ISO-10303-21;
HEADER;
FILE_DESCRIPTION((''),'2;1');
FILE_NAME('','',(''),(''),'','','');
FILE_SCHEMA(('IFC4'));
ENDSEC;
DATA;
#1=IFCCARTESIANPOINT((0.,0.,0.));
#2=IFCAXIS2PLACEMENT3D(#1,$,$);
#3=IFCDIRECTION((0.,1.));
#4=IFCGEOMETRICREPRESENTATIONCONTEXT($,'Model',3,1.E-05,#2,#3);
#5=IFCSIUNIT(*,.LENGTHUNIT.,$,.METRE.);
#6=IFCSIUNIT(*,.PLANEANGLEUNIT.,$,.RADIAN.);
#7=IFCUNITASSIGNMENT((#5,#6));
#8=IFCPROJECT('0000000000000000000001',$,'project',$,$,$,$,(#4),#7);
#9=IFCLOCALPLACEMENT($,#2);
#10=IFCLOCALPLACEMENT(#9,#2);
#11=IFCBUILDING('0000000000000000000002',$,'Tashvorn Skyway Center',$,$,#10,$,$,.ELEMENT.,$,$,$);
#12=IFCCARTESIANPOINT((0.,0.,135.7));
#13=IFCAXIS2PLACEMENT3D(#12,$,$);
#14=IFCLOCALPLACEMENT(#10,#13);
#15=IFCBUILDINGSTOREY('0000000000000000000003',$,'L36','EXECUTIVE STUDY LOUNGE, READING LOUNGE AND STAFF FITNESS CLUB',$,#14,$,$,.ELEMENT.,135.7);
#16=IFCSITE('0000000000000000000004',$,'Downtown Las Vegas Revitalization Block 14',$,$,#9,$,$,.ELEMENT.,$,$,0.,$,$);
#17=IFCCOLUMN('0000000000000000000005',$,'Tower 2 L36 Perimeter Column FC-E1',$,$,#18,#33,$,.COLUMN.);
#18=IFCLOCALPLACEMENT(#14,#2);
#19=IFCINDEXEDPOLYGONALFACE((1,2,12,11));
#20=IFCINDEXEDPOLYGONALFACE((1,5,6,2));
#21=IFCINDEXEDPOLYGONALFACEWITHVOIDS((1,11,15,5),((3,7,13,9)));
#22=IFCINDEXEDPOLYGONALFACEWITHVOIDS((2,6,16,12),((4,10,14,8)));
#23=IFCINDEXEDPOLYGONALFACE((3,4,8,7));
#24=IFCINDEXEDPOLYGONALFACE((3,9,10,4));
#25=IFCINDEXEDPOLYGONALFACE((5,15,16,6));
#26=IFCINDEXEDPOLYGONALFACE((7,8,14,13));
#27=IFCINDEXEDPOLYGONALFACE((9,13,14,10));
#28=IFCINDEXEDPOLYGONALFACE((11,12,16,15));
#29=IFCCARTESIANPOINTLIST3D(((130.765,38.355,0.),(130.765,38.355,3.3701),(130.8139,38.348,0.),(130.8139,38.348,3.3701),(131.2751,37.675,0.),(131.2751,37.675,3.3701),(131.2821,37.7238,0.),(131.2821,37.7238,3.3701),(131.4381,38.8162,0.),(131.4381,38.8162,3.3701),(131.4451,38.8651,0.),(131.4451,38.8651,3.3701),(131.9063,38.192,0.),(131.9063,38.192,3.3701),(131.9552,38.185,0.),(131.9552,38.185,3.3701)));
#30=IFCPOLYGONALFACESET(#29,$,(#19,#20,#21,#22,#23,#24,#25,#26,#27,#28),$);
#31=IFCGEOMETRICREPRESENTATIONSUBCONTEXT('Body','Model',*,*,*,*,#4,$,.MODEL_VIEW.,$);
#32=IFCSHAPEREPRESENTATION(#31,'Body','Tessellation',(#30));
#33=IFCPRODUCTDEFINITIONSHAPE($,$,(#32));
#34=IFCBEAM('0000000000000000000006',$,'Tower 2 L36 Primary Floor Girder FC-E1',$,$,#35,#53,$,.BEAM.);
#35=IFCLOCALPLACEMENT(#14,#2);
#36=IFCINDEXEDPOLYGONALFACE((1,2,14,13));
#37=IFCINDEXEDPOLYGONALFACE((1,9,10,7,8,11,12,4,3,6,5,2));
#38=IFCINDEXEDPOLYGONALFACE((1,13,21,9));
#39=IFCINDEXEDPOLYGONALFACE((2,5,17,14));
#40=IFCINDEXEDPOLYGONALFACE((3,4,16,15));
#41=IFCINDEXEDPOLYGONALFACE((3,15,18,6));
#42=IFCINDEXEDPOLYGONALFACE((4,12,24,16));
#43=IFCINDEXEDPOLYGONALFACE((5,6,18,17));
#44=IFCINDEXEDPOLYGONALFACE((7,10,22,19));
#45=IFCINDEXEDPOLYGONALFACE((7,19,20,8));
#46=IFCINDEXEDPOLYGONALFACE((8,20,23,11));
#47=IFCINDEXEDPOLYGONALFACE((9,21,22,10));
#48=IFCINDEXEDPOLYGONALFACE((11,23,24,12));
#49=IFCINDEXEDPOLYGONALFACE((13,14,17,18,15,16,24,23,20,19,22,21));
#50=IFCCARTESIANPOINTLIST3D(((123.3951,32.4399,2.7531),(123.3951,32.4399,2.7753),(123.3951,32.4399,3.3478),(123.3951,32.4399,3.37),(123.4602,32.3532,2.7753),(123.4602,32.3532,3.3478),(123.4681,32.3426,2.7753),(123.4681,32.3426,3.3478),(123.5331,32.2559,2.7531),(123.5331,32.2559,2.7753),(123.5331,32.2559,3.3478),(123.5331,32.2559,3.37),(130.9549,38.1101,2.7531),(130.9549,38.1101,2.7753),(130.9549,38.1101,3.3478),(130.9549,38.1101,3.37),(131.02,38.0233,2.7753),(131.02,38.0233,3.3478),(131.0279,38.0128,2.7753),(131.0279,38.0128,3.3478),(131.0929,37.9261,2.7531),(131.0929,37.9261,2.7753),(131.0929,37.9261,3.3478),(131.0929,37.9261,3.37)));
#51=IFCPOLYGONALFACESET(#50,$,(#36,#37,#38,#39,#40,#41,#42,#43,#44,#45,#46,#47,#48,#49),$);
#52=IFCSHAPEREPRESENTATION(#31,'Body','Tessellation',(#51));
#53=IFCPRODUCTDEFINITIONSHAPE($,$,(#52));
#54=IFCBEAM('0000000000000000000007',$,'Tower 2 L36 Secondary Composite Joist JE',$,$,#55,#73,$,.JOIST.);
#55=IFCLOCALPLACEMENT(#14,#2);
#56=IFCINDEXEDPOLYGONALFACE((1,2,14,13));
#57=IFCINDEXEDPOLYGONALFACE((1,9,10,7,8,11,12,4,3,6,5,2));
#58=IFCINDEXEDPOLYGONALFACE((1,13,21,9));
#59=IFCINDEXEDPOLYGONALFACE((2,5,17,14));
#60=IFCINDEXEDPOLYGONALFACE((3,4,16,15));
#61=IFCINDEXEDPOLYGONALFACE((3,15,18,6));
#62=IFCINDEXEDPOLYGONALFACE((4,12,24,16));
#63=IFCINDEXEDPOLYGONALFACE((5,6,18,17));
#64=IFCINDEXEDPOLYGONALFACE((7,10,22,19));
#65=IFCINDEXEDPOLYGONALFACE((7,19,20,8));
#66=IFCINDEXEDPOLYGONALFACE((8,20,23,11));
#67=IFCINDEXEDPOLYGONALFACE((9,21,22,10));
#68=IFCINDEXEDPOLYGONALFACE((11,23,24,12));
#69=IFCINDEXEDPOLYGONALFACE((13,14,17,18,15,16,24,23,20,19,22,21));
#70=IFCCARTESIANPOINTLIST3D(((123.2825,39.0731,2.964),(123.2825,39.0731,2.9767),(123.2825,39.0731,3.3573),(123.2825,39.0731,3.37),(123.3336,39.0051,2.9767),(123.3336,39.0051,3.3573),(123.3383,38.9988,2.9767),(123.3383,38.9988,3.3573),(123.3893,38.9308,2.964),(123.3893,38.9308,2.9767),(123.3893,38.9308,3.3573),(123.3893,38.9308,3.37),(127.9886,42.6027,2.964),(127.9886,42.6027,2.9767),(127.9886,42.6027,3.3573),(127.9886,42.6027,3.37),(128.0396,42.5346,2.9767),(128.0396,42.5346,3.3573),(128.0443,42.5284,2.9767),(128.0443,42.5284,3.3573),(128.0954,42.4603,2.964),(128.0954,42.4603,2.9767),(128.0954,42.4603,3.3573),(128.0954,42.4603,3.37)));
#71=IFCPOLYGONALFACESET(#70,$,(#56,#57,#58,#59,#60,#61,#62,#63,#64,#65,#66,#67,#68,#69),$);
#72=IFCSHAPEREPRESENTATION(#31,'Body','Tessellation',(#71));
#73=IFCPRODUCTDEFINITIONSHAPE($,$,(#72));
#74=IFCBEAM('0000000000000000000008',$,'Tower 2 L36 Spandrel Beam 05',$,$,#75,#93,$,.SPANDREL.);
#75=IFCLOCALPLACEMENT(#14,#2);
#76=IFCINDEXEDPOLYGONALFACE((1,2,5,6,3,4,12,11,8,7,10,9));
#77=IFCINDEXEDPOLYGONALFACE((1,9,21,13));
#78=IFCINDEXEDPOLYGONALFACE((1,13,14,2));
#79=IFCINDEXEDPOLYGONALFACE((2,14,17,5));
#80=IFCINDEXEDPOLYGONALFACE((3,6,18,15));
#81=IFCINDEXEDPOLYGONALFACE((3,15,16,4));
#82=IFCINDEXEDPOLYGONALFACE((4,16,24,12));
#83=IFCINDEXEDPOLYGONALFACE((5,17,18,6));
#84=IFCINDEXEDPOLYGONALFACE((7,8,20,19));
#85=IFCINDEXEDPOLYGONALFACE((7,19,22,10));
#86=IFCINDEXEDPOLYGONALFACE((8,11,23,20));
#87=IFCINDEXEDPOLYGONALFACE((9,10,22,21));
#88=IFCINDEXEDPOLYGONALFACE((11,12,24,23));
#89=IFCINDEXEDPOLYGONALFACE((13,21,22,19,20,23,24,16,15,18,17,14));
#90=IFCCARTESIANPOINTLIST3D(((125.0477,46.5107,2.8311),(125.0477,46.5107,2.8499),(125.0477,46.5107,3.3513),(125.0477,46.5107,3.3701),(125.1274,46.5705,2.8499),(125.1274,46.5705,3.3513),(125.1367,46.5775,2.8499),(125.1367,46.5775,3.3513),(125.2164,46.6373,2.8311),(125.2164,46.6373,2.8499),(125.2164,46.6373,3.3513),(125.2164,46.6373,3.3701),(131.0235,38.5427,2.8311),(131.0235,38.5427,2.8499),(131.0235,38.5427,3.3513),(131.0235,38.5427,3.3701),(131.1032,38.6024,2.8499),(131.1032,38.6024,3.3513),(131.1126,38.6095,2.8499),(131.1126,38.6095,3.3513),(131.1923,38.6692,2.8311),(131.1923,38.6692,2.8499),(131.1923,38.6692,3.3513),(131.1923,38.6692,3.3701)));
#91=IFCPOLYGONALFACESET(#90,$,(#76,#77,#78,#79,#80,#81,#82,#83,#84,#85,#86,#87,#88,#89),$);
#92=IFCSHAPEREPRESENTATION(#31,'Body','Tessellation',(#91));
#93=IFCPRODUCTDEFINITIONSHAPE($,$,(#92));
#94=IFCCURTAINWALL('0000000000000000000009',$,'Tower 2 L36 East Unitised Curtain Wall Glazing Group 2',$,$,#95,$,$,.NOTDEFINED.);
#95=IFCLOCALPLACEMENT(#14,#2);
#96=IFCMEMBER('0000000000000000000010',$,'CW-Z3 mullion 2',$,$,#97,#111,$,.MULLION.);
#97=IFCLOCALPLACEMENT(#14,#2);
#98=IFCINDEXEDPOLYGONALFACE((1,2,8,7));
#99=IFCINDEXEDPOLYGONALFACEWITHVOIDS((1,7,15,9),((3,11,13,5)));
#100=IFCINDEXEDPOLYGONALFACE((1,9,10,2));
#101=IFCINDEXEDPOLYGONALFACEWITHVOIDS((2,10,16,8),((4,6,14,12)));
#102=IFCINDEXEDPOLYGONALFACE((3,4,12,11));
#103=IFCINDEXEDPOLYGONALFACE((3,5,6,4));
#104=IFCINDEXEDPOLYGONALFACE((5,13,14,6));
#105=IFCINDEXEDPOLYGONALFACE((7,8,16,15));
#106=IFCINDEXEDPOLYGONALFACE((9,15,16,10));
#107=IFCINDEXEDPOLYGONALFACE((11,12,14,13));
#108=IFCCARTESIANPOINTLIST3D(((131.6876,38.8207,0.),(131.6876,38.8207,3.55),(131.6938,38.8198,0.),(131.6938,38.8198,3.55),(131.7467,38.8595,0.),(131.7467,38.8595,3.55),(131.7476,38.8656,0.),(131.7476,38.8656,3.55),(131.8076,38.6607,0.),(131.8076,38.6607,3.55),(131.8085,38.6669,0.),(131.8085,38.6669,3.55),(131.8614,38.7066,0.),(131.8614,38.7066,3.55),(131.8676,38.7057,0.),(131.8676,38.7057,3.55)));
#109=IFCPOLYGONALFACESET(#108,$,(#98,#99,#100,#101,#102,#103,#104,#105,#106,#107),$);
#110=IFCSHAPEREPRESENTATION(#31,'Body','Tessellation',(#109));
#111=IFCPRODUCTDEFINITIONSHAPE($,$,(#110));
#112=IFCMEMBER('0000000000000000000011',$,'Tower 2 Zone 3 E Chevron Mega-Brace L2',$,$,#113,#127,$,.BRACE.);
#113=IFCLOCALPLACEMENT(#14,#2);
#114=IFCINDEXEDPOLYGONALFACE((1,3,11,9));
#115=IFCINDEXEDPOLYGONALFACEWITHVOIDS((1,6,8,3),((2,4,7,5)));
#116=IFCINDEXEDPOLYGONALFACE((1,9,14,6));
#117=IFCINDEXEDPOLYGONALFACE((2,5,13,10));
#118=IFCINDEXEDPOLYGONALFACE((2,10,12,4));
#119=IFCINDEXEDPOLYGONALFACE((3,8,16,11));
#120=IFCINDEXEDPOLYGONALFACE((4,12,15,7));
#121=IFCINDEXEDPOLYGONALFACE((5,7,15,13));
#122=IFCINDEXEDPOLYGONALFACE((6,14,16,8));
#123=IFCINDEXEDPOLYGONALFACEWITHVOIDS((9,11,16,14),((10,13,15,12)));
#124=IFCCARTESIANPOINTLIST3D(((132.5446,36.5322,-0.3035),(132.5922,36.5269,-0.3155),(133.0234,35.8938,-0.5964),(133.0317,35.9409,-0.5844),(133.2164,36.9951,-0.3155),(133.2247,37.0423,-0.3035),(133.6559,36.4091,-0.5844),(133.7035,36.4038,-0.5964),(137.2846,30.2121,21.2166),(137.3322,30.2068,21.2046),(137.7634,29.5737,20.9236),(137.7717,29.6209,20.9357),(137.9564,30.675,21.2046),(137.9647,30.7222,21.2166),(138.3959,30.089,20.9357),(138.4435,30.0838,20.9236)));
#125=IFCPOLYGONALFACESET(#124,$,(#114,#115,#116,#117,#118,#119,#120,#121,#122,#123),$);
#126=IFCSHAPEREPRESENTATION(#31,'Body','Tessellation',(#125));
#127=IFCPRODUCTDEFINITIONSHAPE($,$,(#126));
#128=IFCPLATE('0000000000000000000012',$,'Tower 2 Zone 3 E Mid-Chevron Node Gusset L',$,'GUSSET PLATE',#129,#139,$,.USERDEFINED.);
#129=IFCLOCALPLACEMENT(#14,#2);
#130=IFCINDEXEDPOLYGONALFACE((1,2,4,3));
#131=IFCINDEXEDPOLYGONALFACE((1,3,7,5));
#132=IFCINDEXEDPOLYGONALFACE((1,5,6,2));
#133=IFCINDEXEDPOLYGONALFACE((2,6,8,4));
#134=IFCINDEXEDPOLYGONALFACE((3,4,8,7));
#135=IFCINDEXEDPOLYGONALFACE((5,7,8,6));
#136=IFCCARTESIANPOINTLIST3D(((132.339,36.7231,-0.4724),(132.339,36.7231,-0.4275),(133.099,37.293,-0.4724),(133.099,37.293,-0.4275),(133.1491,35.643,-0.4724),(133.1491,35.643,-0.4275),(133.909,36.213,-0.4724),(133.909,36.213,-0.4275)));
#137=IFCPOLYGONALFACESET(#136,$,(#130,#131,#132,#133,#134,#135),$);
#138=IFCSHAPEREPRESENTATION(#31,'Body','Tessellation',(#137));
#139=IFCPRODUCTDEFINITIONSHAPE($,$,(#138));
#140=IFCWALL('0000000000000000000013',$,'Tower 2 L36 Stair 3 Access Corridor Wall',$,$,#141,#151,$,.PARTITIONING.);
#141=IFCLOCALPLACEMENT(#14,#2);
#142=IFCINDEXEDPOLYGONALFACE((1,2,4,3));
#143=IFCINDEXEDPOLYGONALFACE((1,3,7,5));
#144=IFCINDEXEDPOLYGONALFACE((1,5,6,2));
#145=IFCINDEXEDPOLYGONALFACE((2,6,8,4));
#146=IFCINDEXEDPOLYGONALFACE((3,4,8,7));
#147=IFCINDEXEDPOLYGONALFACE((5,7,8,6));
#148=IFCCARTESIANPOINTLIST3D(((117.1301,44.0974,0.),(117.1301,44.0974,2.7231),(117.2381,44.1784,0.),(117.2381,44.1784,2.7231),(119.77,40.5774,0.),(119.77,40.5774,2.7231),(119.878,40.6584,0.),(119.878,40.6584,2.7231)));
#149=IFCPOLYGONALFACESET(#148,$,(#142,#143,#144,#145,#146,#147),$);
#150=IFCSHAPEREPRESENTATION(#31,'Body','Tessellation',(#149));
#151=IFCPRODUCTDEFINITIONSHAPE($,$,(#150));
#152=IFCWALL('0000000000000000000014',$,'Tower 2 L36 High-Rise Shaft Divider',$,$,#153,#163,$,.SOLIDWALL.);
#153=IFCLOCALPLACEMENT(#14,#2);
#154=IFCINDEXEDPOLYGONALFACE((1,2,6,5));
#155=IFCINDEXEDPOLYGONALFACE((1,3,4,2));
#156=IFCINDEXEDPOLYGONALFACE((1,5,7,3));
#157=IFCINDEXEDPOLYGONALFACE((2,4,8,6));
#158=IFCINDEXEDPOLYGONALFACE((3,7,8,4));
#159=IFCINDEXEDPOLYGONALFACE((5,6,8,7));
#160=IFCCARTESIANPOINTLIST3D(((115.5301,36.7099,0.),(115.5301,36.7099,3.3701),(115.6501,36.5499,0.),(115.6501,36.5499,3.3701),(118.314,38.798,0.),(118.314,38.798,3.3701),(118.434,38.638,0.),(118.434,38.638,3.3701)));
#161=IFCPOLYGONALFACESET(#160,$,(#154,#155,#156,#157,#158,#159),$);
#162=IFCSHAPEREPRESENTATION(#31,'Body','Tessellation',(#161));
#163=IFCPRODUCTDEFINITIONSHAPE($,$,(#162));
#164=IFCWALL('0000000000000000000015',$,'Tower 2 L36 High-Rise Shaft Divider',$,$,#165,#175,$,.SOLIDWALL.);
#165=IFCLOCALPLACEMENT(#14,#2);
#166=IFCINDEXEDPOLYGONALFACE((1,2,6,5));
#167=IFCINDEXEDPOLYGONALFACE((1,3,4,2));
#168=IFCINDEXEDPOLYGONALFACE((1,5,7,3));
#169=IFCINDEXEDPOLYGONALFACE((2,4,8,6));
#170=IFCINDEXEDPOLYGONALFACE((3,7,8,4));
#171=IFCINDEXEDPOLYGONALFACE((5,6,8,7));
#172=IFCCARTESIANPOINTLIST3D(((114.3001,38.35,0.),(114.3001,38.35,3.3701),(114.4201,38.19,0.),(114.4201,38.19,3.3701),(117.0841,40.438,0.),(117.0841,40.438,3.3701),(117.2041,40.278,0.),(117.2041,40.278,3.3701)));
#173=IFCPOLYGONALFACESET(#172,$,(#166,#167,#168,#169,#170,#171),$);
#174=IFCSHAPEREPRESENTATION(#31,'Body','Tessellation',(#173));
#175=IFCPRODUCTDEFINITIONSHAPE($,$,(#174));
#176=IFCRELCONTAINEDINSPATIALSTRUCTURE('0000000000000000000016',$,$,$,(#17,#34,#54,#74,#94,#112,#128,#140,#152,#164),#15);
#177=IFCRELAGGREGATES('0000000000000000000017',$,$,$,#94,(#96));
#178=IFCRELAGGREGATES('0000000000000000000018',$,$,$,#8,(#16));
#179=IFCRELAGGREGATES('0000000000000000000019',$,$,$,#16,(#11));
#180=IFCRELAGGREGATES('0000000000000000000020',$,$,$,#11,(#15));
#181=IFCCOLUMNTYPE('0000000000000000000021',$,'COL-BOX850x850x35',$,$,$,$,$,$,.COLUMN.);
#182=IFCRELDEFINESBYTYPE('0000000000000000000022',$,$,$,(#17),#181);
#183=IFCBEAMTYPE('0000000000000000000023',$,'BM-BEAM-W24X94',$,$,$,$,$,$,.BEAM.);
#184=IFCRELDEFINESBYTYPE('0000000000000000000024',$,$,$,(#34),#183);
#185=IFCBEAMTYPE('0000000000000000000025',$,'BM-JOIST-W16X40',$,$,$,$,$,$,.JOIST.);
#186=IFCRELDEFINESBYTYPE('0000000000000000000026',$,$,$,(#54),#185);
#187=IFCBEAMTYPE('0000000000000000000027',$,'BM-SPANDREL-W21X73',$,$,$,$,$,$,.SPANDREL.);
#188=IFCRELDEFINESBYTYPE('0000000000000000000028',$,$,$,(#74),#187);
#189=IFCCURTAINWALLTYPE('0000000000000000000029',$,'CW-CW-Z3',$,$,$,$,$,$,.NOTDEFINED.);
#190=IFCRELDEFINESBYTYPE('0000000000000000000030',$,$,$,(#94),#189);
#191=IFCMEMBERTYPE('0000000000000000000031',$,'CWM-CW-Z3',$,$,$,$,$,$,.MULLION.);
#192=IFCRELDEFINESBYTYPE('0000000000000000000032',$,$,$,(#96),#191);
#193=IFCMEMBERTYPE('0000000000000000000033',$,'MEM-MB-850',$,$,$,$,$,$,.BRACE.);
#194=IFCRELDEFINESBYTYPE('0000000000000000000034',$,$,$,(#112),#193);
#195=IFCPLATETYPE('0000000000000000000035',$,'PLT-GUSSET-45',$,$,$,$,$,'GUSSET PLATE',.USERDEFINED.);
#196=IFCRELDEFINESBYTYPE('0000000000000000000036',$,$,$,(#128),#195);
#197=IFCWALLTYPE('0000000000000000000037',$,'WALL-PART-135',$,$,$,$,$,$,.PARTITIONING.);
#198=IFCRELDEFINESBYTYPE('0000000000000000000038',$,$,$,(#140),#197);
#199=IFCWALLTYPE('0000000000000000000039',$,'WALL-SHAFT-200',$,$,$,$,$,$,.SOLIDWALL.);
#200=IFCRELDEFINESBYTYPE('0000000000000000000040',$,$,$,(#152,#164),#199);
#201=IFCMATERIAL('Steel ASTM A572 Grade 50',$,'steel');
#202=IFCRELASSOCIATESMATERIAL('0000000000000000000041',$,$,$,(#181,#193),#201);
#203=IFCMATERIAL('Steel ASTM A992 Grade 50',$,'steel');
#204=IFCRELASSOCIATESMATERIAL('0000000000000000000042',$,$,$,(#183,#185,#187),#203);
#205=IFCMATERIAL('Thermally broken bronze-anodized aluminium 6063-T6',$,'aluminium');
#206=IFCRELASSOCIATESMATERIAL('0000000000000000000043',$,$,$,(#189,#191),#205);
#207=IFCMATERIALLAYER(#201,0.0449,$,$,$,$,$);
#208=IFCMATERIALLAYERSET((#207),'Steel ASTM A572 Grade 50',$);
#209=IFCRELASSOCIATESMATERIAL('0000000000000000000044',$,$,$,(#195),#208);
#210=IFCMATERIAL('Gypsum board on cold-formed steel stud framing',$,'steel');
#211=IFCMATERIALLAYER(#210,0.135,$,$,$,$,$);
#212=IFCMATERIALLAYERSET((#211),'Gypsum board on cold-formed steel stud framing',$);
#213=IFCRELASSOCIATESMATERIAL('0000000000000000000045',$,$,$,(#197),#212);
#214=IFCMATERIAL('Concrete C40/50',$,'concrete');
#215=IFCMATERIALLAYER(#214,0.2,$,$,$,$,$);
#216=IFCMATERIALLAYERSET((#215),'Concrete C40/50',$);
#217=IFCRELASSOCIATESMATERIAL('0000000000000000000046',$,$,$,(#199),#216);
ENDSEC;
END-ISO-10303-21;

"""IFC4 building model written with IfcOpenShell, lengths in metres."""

from ifc_helpers import new_model, si_unit, direction, frame, frame_2d, origin, origin_2d, place, context, subcontext, project, spatial, rectangle, hollow_rectangle, i_section, extrude, material, layer, layer_set, material_profile, profile_set, type_object, element, aggregate, save


model = new_model("IFC4")

# Units and contexts
model_context = context("Model", 3, precision=1e-05, world=origin(), true_north=direction((0.0, 1.0)))
body_context = subcontext(model_context, "Body", "Model", "MODEL_VIEW")
ifc_project = project(units=[si_unit("LENGTHUNIT", "METRE"), si_unit("PLANEANGLEUNIT", "RADIAN")], contexts=[model_context])

# Site, building, storey
site_placement = place(None, origin())
site = spatial("IfcSite", under=ifc_project, at=site_placement, Name="Downtown Las Vegas Revitalization Block 14", CompositionType="ELEMENT", RefElevation=0.0)
building_placement = place(site_placement, origin())
building = spatial("IfcBuilding", under=site, at=building_placement, Name="Tashvorn Skyway Center", CompositionType="ELEMENT")
storey_placement = place(building_placement, frame((0.0, 0.0, 135.7)))
storey = spatial("IfcBuildingStorey", under=building, at=storey_placement, Name="L36", Description="EXECUTIVE STUDY LOUNGE, READING LOUNGE AND STAFF FITNESS CLUB", CompositionType="ELEMENT", Elevation=135.7)

# Column
ifc_material_1 = material(Name="Steel ASTM A572 Grade 50", Category="steel")
ifc_material_profile_1 = material_profile(ifc_material_1, hollow_rectangle(XDim=0.8501, YDim=0.8501, WallThickness=0.0349, at=origin_2d()), Name="BOX850x850x35")
ifc_profile_set_1 = profile_set([ifc_material_profile_1], Name="Steel ASTM A572 Grade 50")
column_type = type_object("IfcColumnType", Name="COL-BOX850x850x35", PredefinedType="COLUMN", material=ifc_profile_set_1)
column_placement = place(storey_placement, frame((131.3601, 38.27, 0.0), z_axis=(0.0, 0.0, 1.0), x_axis=(0.8, 0.6, 0.0)))
element("IfcColumn", 1, at=column_placement, inside=storey, type_object=column_type, Name="Tower 2 L36 Perimeter Column FC-E1", PredefinedType="COLUMN", context=body_context, shape_type="SweptSolid", body=[
    extrude(hollow_rectangle(XDim=0.8501, YDim=0.8501, WallThickness=0.0349, at=origin_2d()), origin(), (0.0, 0.0, 1.0), 3.3701),
])

# Beams
ifc_material_2 = material(Name="Steel ASTM A992 Grade 50", Category="steel")
ifc_material_profile_2 = material_profile(ifc_material_2, i_section(OverallWidth=0.23, OverallDepth=0.6169, WebThickness=0.0132, FlangeThickness=0.0222, at=origin_2d()), Name="W24X94")
ifc_profile_set_2 = profile_set([ifc_material_profile_2], Name="Steel ASTM A992 Grade 50")
beam_type_1 = type_object("IfcBeamType", Name="BM-BEAM-W24X94", PredefinedType="BEAM", material=ifc_profile_set_2)
beam_1_placement = place(storey_placement, frame((131.0239, 38.0181, 3.0615), z_axis=(-0.799984, -0.600021, 0.0), x_axis=(0.600021, -0.799984, 0.0)))
element("IfcBeam", 2, at=beam_1_placement, inside=storey, type_object=beam_type_1, Name="Tower 2 L36 Primary Floor Girder FC-E1", PredefinedType="BEAM", context=body_context, shape_type="SweptSolid", body=[
    extrude(i_section(OverallWidth=0.23, OverallDepth=0.6169, WebThickness=0.0132, FlangeThickness=0.0222, at=origin_2d()), origin(), (0.0, 0.0, 1.0), 9.45),
])
ifc_material_profile_3 = material_profile(ifc_material_2, i_section(OverallWidth=0.178, OverallDepth=0.406, WebThickness=0.0078, FlangeThickness=0.0127, at=origin_2d()), Name="W16X40")
ifc_profile_set_3 = profile_set([ifc_material_profile_3], Name="Steel ASTM A992 Grade 50")
beam_type_2 = type_object("IfcBeamType", Name="BM-JOIST-W16X40", PredefinedType="JOIST", material=ifc_profile_set_3)
beam_2_placement = place(storey_placement, frame((123.3359, 39.002, 3.167), z_axis=(0.8, 0.6, 0.0), x_axis=(-0.6, 0.8, 0.0)))
element("IfcBeam", 3, at=beam_2_placement, inside=storey, type_object=beam_type_2, Name="Tower 2 L36 Secondary Composite Joist JE", PredefinedType="JOIST", context=body_context, shape_type="SweptSolid", body=[
    extrude(i_section(OverallWidth=0.178, OverallDepth=0.406, WebThickness=0.0078, FlangeThickness=0.0127, at=origin_2d()), origin(), (0.0, 0.0, 1.0), 5.8826),
])
ifc_material_profile_4 = material_profile(ifc_material_2, i_section(OverallWidth=0.2109, OverallDepth=0.5391, WebThickness=0.0117, FlangeThickness=0.0188, at=origin_2d()), Name="W21X73")
ifc_profile_set_4 = profile_set([ifc_material_profile_4], Name="Steel ASTM A992 Grade 50")
beam_type_3 = type_object("IfcBeamType", Name="BM-SPANDREL-W21X73", PredefinedType="SPANDREL", material=ifc_profile_set_4)
beam_3_placement = place(storey_placement, frame((131.1079, 38.606, 3.1006), z_axis=(-0.599988, 0.800009, 0.0), x_axis=(-0.800009, -0.599988, 0.0)))
element("IfcBeam", 4, at=beam_3_placement, inside=storey, type_object=beam_type_3, Name="Tower 2 L36 Spandrel Beam 05", PredefinedType="SPANDREL", context=body_context, shape_type="SweptSolid", body=[
    extrude(i_section(OverallWidth=0.2109, OverallDepth=0.5391, WebThickness=0.0117, FlangeThickness=0.0188, at=origin_2d()), origin(), (0.0, 0.0, 1.0), 9.96),
])

# Curtain wall, member
ifc_material_3 = material(Name="Thermally broken bronze-anodized aluminium 6063-T6", Category="aluminium")
curtain_wall_type = type_object("IfcCurtainWallType", Name="CW-CW-Z3", PredefinedType="NOTDEFINED", material=ifc_material_3)
curtain_wall_placement = place(storey_placement, origin())
curtain_wall = element("IfcCurtainWall", 5, at=curtain_wall_placement, inside=storey, type_object=curtain_wall_type, Name="Tower 2 L36 East Unitised Curtain Wall Glazing Group 2", PredefinedType="NOTDEFINED")
ifc_material_profile_5 = material_profile(ifc_material_3, hollow_rectangle(XDim=0.075, YDim=0.2, WallThickness=0.0044, at=origin_2d()), Name="ALU-MULL-75x200")
ifc_profile_set_5 = profile_set([ifc_material_profile_5], Name="Thermally broken bronze-anodized aluminium 6063-T6")
member_type_1 = type_object("IfcMemberType", Name="CWM-CW-Z3", PredefinedType="MULLION", material=ifc_profile_set_5)
member_1_placement = place(storey_placement, frame((131.7776, 38.7632, 0.0), z_axis=(0.0, 0.0, 1.0), x_axis=(0.800002, 0.599997, 0.0)))
member_1 = element("IfcMember", 6, at=member_1_placement, type_object=member_type_1, Name="CW-Z3 mullion 2", PredefinedType="MULLION", context=body_context, shape_type="SweptSolid", body=[
    extrude(hollow_rectangle(XDim=0.075, YDim=0.2, WallThickness=0.0044, at=origin_2d()), origin(), (0.0, 0.0, 1.0), 3.55),
])
aggregate(curtain_wall, [member_1])

# Member
ifc_material_profile_6 = material_profile(ifc_material_1, hollow_rectangle(XDim=0.8501, YDim=0.8501, WallThickness=0.0349, at=origin_2d()), Name="BOX850x850x35")
ifc_profile_set_6 = profile_set([ifc_material_profile_6], Name="Steel ASTM A572 Grade 50")
member_type_2 = type_object("IfcMemberType", Name="MEM-MB-850", PredefinedType="BRACE", material=ifc_profile_set_6)
member_2_placement = place(storey_placement, frame((133.124, 36.468, -0.45), z_axis=(0.206767, -0.275693, 0.938744), x_axis=(0.800004, 0.599995, 0.0)))
element("IfcMember", 7, at=member_2_placement, inside=storey, type_object=member_type_2, Name="Tower 2 Zone 3 E Chevron Mega-Brace L2", PredefinedType="BRACE", context=body_context, shape_type="SweptSolid", body=[
    extrude(hollow_rectangle(XDim=0.8501, YDim=0.8501, WallThickness=0.0349, at=origin_2d()), origin(), (0.0, 0.0, 1.0), 22.9243),
])

# Plate
ifc_layer_1 = layer(ifc_material_1, 0.0449)
ifc_layer_set_1 = layer_set([ifc_layer_1], Name="Steel ASTM A572 Grade 50")
plate_type = type_object("IfcPlateType", Name="PLT-GUSSET-45", ElementType="GUSSET PLATE", PredefinedType="USERDEFINED", material=ifc_layer_set_1)
plate_placement = place(storey_placement, frame((133.124, 36.468, -0.4724), z_axis=(0.0, 0.0, 1.0), x_axis=(-0.6, 0.8, 0.0)))
element("IfcPlate", 8, at=plate_placement, inside=storey, type_object=plate_type, Name="Tower 2 Zone 3 E Mid-Chevron Node Gusset L", ObjectType="GUSSET PLATE", PredefinedType="USERDEFINED", context=body_context, shape_type="SweptSolid", body=[
    extrude(rectangle(XDim=1.3501, YDim=0.95, at=origin_2d()), origin(), (0.0, 0.0, 1.0), 0.0449),
])

# Walls
ifc_material_4 = material(Name="Gypsum board on cold-formed steel stud framing", Category="steel")
ifc_layer_2 = layer(ifc_material_4, 0.135)
ifc_layer_set_2 = layer_set([ifc_layer_2], Name="Gypsum board on cold-formed steel stud framing")
wall_type_1 = type_object("IfcWallType", Name="WALL-PART-135", PredefinedType="PARTITIONING", material=ifc_layer_set_2)
wall_1_placement = place(storey_placement, frame((119.824, 40.6179, 0.0), z_axis=(0.0, 0.0, 1.0), x_axis=(-0.599982, 0.800013, 0.0)))
element("IfcWall", 9, at=wall_1_placement, inside=storey, type_object=wall_type_1, Name="Tower 2 L36 Stair 3 Access Corridor Wall", PredefinedType="PARTITIONING", context=body_context, shape_type="SweptSolid", body=[
    extrude(rectangle(XDim=4.3999, YDim=0.135, at=frame_2d((2.2, 0.0))), origin(), (0.0, 0.0, 1.0), 2.7231),
])
ifc_material_5 = material(Name="Concrete C40/50", Category="concrete")
ifc_layer_3 = layer(ifc_material_5, 0.2)
ifc_layer_set_3 = layer_set([ifc_layer_3], Name="Concrete C40/50")
wall_type_2 = type_object("IfcWallType", Name="WALL-SHAFT-200", PredefinedType="SOLIDWALL", material=ifc_layer_set_3)
for number, where, z_axis, x_axis, name in (
    (10, (115.5901, 36.6299, 0.0), (0.0, 0.0, 1.0), (0.799975, 0.600034, 0.0), "Tower 2 L36 High-Rise Shaft Divider"),
    (11, (114.3601, 38.27, 0.0), (0.0, 0.0, 1.0), (0.800008, 0.599989, 0.0), "Tower 2 L36 High-Rise Shaft Divider"),
):
    element("IfcWall", number, at=place(storey_placement, frame(where, z_axis=z_axis, x_axis=x_axis)), inside=storey, type_object=wall_type_2, Name=name, PredefinedType="SOLIDWALL", context=body_context, shape_type="SweptSolid", body=[
        extrude(rectangle(XDim=3.48, YDim=0.2, at=frame_2d((1.74, 0.0))), origin(), (0.0, 0.0, 1.0), 3.3701),
    ])

save(model, "model.ifc")
